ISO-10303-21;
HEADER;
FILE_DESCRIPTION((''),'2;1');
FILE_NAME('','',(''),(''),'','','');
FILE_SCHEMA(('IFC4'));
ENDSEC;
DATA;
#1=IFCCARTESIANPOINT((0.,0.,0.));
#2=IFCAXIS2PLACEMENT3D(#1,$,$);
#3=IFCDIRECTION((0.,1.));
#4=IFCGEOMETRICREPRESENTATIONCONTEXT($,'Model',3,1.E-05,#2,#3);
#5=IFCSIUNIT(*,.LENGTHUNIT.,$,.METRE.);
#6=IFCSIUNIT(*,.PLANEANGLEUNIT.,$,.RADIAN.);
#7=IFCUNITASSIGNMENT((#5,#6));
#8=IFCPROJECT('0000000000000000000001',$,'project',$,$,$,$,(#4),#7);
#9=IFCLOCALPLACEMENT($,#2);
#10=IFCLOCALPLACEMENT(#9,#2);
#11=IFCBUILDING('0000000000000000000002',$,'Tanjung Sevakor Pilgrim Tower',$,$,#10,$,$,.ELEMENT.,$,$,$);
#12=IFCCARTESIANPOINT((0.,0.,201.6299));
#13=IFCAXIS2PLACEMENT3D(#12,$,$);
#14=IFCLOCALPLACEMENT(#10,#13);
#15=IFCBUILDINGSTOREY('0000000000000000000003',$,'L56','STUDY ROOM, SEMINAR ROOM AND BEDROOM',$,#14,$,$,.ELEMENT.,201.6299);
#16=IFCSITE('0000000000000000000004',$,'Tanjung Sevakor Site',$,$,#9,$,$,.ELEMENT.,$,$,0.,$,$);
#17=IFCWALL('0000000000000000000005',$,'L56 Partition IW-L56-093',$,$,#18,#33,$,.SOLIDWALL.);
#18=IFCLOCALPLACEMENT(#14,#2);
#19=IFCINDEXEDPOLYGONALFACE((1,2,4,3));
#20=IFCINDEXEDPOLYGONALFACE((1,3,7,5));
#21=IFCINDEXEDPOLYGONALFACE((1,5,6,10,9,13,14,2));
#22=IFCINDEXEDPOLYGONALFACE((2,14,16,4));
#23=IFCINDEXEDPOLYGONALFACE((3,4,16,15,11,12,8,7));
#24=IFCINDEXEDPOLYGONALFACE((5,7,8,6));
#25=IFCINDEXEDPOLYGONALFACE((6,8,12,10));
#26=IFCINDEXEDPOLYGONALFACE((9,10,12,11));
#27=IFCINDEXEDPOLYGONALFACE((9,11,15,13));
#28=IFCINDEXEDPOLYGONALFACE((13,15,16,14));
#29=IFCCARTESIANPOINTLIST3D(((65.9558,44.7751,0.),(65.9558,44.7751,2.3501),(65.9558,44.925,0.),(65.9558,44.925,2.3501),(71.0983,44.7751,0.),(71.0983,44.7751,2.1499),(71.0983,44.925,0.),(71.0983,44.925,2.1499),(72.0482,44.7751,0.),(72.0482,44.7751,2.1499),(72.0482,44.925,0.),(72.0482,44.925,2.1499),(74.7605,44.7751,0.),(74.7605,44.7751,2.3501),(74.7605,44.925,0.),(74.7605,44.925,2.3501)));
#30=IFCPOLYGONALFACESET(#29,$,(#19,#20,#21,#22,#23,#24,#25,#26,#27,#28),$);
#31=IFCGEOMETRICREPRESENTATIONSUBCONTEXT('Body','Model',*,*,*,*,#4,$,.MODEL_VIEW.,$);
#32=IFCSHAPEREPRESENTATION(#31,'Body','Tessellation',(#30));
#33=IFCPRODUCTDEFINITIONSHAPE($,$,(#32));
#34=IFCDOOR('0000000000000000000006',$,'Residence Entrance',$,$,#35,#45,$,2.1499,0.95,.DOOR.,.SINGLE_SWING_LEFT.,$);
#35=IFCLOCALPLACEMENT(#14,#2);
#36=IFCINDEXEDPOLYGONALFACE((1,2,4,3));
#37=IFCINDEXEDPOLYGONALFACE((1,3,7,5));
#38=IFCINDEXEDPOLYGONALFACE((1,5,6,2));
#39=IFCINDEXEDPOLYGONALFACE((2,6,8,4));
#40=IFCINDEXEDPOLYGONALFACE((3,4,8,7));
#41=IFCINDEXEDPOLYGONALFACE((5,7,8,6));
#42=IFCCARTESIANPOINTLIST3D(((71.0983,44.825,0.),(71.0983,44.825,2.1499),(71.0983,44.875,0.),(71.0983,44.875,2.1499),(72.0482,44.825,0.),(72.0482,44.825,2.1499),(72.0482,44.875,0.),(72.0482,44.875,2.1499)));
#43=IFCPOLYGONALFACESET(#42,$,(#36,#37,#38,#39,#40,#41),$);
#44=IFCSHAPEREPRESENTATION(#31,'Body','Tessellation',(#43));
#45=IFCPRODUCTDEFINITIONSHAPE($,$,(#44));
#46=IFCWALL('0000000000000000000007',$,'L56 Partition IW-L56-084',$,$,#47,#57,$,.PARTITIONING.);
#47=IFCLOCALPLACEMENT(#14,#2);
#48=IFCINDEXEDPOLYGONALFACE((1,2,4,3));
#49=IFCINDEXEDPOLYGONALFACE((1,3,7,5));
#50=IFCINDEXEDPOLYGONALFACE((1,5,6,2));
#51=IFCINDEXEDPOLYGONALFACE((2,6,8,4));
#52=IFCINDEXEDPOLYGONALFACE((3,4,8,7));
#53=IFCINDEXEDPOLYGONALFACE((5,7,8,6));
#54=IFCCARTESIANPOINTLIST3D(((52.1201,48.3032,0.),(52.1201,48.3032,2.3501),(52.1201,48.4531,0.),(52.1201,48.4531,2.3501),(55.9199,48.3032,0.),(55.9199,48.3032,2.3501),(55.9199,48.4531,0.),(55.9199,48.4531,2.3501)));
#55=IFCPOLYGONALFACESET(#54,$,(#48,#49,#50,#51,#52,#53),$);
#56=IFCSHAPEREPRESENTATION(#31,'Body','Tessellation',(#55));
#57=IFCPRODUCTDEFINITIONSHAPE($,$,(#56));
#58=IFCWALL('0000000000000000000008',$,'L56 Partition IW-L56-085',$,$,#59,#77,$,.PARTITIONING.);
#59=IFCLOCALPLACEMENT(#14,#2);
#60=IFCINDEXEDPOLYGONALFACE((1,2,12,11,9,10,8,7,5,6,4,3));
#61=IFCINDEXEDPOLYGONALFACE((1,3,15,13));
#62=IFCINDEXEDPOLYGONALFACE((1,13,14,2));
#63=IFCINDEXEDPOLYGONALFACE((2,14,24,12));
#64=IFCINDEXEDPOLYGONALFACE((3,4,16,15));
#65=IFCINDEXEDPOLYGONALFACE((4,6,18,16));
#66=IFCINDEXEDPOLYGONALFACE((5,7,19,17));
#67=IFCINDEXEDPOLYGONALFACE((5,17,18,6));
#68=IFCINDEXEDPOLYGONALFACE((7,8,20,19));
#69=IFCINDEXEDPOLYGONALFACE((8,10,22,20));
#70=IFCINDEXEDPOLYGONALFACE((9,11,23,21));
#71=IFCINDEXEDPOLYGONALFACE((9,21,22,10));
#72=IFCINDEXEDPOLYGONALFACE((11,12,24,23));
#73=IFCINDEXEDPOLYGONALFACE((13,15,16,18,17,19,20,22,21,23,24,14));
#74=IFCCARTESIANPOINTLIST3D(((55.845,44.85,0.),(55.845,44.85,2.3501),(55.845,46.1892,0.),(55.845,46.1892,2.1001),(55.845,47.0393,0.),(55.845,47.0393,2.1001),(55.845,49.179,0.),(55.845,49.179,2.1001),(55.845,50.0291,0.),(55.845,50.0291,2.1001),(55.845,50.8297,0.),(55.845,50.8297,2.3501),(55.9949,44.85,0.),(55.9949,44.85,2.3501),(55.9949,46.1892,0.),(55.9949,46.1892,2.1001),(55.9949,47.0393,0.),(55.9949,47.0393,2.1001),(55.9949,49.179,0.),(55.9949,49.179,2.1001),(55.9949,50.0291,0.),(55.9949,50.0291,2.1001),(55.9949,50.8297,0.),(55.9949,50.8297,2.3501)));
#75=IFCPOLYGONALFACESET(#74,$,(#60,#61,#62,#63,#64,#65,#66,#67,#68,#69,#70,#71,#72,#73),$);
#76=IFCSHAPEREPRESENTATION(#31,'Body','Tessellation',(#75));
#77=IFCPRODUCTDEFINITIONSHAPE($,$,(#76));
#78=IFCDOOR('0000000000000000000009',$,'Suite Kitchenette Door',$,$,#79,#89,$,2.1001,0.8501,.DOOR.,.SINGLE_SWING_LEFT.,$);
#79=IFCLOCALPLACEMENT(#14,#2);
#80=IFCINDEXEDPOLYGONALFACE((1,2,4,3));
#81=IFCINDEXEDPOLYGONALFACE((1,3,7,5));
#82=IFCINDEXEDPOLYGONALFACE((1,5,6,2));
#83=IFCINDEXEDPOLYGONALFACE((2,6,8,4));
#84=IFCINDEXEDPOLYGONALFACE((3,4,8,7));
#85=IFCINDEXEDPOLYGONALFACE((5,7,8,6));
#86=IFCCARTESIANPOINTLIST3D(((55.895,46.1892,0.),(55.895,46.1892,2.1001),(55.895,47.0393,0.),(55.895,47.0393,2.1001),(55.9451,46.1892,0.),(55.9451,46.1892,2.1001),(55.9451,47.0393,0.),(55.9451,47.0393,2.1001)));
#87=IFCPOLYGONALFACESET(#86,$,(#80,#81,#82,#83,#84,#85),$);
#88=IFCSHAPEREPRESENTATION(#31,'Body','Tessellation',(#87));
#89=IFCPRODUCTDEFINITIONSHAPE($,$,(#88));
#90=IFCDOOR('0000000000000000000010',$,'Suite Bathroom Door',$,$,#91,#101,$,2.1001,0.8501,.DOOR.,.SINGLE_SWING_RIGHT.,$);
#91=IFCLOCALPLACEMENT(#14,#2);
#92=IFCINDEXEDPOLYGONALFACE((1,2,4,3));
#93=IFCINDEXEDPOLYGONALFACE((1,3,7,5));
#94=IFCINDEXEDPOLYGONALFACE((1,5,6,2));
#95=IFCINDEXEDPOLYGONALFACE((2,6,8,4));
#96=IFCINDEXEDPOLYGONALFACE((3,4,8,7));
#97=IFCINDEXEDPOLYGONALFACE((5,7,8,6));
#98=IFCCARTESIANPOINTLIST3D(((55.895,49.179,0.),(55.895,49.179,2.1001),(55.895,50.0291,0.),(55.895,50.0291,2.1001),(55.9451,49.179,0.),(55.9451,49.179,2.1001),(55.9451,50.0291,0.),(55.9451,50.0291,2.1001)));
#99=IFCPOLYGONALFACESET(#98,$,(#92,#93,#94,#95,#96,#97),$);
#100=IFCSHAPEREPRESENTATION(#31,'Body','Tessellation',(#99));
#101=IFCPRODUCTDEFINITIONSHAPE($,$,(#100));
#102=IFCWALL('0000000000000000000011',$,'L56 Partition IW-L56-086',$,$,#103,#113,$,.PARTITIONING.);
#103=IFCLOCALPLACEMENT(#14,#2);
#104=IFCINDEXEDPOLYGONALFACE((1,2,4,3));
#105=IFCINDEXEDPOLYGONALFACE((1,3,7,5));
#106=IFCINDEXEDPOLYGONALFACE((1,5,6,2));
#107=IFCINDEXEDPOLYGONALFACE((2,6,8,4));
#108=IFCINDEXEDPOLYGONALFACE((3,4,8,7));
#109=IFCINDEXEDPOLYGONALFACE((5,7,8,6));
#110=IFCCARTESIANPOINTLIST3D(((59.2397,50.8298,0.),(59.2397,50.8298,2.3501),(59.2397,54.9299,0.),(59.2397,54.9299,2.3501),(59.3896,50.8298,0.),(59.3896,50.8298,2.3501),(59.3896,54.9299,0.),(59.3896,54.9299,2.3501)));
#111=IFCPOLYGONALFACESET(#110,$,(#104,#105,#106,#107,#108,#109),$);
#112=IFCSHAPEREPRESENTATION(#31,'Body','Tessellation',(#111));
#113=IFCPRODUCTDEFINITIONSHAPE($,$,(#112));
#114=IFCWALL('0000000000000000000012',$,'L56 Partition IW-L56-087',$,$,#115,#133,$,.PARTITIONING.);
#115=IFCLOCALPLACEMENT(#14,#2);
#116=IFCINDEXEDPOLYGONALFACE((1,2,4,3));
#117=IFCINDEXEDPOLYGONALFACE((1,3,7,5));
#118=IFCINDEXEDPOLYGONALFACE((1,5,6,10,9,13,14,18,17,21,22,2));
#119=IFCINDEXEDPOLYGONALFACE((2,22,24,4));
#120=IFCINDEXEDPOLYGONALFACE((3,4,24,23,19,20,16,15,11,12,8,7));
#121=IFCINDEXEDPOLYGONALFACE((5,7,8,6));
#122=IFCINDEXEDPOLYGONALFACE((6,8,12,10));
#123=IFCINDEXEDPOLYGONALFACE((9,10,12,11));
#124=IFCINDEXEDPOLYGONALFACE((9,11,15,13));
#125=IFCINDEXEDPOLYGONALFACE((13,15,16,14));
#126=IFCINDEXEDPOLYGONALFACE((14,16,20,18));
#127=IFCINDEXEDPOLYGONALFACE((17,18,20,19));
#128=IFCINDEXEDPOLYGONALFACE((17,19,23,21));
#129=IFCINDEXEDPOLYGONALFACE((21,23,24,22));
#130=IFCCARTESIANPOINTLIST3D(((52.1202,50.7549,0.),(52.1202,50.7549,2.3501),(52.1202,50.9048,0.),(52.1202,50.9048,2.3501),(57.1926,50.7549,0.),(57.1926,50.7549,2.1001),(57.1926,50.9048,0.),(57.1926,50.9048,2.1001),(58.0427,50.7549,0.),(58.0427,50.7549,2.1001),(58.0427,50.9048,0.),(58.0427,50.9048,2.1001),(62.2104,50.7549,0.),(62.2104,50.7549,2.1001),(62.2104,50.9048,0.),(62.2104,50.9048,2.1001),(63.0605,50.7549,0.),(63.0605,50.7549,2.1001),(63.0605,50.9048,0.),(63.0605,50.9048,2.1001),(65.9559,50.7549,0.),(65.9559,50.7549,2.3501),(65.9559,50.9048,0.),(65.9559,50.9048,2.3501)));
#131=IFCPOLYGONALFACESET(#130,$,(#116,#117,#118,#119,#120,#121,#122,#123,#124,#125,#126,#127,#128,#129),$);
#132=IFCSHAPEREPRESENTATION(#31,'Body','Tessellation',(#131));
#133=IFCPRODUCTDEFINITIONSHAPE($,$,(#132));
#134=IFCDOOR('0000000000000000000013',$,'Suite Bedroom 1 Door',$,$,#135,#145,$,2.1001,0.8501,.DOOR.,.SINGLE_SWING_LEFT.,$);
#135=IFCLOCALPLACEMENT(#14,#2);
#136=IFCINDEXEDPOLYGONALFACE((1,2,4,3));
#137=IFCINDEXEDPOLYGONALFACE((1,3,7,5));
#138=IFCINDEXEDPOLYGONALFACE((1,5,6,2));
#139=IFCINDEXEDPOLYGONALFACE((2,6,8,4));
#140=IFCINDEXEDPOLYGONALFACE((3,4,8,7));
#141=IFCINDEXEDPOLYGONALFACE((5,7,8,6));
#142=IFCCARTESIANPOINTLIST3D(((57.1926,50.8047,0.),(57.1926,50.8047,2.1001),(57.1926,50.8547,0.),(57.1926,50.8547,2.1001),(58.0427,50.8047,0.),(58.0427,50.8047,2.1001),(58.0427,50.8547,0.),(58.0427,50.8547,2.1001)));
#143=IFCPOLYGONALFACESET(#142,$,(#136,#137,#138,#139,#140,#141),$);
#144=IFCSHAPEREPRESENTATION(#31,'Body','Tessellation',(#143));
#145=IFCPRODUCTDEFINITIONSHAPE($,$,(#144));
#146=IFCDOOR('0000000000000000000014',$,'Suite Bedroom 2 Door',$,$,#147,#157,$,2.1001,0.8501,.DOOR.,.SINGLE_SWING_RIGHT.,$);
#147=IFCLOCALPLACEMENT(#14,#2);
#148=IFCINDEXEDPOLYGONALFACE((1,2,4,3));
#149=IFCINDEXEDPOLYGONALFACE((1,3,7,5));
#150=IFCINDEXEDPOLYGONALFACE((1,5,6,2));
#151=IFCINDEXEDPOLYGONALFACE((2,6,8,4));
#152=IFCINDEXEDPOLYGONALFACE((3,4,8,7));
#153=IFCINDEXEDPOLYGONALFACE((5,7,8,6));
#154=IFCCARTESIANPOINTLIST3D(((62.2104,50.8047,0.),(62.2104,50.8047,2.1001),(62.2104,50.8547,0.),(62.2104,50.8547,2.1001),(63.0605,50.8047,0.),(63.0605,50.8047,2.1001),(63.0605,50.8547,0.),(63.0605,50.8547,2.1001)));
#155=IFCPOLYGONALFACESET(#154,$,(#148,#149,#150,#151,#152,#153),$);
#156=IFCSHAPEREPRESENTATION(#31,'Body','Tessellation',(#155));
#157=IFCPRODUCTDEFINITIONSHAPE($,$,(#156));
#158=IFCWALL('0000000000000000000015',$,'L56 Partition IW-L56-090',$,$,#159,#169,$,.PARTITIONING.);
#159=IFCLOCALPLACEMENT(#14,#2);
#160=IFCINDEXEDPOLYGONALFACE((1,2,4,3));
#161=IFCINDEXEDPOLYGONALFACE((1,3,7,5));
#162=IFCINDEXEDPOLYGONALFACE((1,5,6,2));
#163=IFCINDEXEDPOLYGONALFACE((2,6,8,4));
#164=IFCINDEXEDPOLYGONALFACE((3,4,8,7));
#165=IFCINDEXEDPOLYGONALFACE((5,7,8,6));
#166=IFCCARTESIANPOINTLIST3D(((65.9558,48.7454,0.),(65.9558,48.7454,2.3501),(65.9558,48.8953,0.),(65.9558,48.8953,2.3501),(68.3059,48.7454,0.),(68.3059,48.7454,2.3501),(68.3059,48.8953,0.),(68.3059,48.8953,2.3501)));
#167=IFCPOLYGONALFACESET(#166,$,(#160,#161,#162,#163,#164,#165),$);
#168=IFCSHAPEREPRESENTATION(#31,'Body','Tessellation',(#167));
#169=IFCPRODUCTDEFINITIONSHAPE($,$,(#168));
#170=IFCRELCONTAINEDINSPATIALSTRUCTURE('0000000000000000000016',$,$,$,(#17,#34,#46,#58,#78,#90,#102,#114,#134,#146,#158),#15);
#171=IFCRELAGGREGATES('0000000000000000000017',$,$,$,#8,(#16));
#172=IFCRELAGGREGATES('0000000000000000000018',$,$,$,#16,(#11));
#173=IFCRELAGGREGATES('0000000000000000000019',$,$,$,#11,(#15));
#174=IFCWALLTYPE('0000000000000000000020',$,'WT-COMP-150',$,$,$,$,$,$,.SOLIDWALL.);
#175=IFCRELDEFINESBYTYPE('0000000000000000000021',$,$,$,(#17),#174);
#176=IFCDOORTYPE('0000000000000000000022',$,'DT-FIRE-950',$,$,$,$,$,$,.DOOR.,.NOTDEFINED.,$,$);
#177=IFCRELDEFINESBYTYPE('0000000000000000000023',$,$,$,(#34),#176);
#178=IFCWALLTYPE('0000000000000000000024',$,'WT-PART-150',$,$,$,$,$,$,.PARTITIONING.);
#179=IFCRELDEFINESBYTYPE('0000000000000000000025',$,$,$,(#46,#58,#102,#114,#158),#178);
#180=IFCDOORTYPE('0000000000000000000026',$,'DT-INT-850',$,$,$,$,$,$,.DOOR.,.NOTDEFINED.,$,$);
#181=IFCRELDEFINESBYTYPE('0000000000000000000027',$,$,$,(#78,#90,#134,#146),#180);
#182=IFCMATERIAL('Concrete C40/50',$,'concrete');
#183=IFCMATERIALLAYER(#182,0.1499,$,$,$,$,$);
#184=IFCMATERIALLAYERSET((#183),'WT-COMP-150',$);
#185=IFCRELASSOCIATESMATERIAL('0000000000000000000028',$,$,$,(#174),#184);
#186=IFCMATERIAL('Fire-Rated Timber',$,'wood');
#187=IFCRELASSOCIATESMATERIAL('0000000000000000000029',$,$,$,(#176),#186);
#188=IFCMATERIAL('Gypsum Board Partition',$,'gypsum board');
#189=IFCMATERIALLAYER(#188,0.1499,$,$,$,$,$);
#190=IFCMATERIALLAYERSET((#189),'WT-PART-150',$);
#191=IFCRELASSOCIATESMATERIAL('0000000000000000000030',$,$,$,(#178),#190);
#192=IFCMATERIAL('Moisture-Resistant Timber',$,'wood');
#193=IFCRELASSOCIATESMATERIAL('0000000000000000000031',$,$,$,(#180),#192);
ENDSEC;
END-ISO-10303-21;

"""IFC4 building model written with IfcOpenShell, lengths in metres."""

from ifc_helpers import new_model, si_unit, direction, frame, frame_2d, origin, place, context, subcontext, project, spatial, rectangle, extrude, material, layer, layer_set, type_object, element, fill, save


model = new_model("IFC4")

# Units and contexts
model_context = context("Model", 3, precision=1e-05, world=origin(), true_north=direction((0.0, 1.0)))
body_context = subcontext(model_context, "Body", "Model", "MODEL_VIEW")
ifc_project = project(units=[si_unit("LENGTHUNIT", "METRE"), si_unit("PLANEANGLEUNIT", "RADIAN")], contexts=[model_context])

# Site, building, storey
site_placement = place(None, origin())
site = spatial("IfcSite", under=ifc_project, at=site_placement, Name="Tanjung Sevakor Site", CompositionType="ELEMENT", RefElevation=0.0)
building_placement = place(site_placement, origin())
building = spatial("IfcBuilding", under=site, at=building_placement, Name="Tanjung Sevakor Pilgrim Tower", CompositionType="ELEMENT")
storey_placement = place(building_placement, frame((0.0, 0.0, 201.6299)))
storey = spatial("IfcBuildingStorey", under=building, at=storey_placement, Name="L56", Description="STUDY ROOM, SEMINAR ROOM AND BEDROOM", CompositionType="ELEMENT", Elevation=201.6299)

# Shared definitions
ifc_material_1 = material(Name="Concrete C40/50", Category="concrete")
ifc_layer_1 = layer(ifc_material_1, 0.1499)
ifc_layer_set_1 = layer_set([ifc_layer_1], Name="WT-COMP-150")
wall_type_1 = type_object("IfcWallType", Name="WT-COMP-150", PredefinedType="SOLIDWALL", material=ifc_layer_set_1)

# Wall, opening, door
ifc_material_2 = material(Name="Fire-Rated Timber", Category="wood")
door_type_1 = type_object("IfcDoorType", Name="DT-FIRE-950", OperationType="NOTDEFINED", PredefinedType="DOOR", material=ifc_material_2)
wall_1_placement = place(storey_placement, frame((65.9558, 44.8501, 0.0), z_axis=(0.0, 0.0, 1.0), x_axis=(1.0, 0.0, 0.0)))
wall_1 = element("IfcWall", 1, at=wall_1_placement, inside=storey, type_object=wall_type_1, Name="L56 Partition IW-L56-093", PredefinedType="SOLIDWALL", context=body_context, shape_type="SweptSolid", body=[
    extrude(rectangle(XDim=8.8047, YDim=0.1499, at=frame_2d((4.4023, 0.0))), origin(), (0.0, 0.0, 1.0), 2.3501),
])
opening_1_placement = place(wall_1_placement, frame((5.1423, 0.0, 0.0)))
opening_1 = element("IfcOpeningElement", 2, at=opening_1_placement, cuts=wall_1, PredefinedType="OPENING", context=body_context, shape_type="SweptSolid", body=[
    extrude(rectangle(XDim=0.95, YDim=2.1499, at=frame_2d((0.4751, 1.075))), frame((0.0, 0.085, 0.0), z_axis=(0.0, -1.0, 0.0), x_axis=(1.0, 0.0, 0.0)), (0.0, 0.0, 1.0), 0.1699),
])
door_1_placement = place(opening_1_placement, origin())
door_1 = element("IfcDoor", 3, at=door_1_placement, inside=storey, type_object=door_type_1, Name="Residence Entrance", OperationType="SINGLE_SWING_LEFT", OverallHeight=2.1499, OverallWidth=0.95, PredefinedType="DOOR", context=body_context, shape_type="SweptSolid", body=[
    extrude(rectangle(XDim=0.95, YDim=2.1499, at=frame_2d((0.4751, 1.075))), frame((0.0, 0.0249, 0.0), z_axis=(0.0, -1.0, 0.0), x_axis=(1.0, 0.0, 0.0)), (0.0, 0.0, 1.0), 0.05),
])
fill(opening_1, door_1)

# Wall
ifc_material_3 = material(Name="Gypsum Board Partition", Category="gypsum board")
ifc_layer_2 = layer(ifc_material_3, 0.1499)
ifc_layer_set_2 = layer_set([ifc_layer_2], Name="WT-PART-150")
wall_type_2 = type_object("IfcWallType", Name="WT-PART-150", PredefinedType="PARTITIONING", material=ifc_layer_set_2)
wall_2_placement = place(storey_placement, frame((52.1201, 48.3782, 0.0), z_axis=(0.0, 0.0, 1.0), x_axis=(1.0, 0.0, 0.0)))
element("IfcWall", 4, at=wall_2_placement, inside=storey, type_object=wall_type_2, Name="L56 Partition IW-L56-084", PredefinedType="PARTITIONING", context=body_context, shape_type="SweptSolid", body=[
    extrude(rectangle(XDim=3.7998, YDim=0.1499, at=frame_2d((1.8999, 0.0))), origin(), (0.0, 0.0, 1.0), 2.3501),
])

# Wall, openings, doors
wall_3_placement = place(storey_placement, frame((55.9199, 44.8501, 0.0), z_axis=(0.0, 0.0, 1.0), x_axis=(0.0, 1.0, 0.0)))
wall_3 = element("IfcWall", 5, at=wall_3_placement, inside=storey, type_object=wall_type_2, Name="L56 Partition IW-L56-085", PredefinedType="PARTITIONING", context=body_context, shape_type="SweptSolid", body=[
    extrude(rectangle(XDim=5.9797, YDim=0.1499, at=frame_2d((2.9897, 0.0))), origin(), (0.0, 0.0, 1.0), 2.3501),
])
opening_2_placement = place(wall_3_placement, frame((1.3391, 0.0, 0.0)))
opening_2 = element("IfcOpeningElement", 6, at=opening_2_placement, cuts=wall_3, PredefinedType="OPENING", context=body_context, shape_type="SweptSolid", body=[
    extrude(rectangle(XDim=0.8501, YDim=2.1001, at=frame_2d((0.425, 1.05))), frame((0.0, 0.085, 0.0), z_axis=(0.0, -1.0, 0.0), x_axis=(1.0, 0.0, 0.0)), (0.0, 0.0, 1.0), 0.1699),
])
opening_3_placement = place(wall_3_placement, frame((4.3289, 0.0, 0.0)))
opening_3 = element("IfcOpeningElement", 7, at=opening_3_placement, cuts=wall_3, PredefinedType="OPENING", context=body_context, shape_type="SweptSolid", body=[
    extrude(rectangle(XDim=0.8501, YDim=2.1001, at=frame_2d((0.425, 1.05))), frame((0.0, 0.085, 0.0), z_axis=(0.0, -1.0, 0.0), x_axis=(1.0, 0.0, 0.0)), (0.0, 0.0, 1.0), 0.1699),
])
ifc_material_4 = material(Name="Moisture-Resistant Timber", Category="wood")
door_type_2 = type_object("IfcDoorType", Name="DT-INT-850", OperationType="NOTDEFINED", PredefinedType="DOOR", material=ifc_material_4)
door_2_placement = place(opening_2_placement, origin())
door_2 = element("IfcDoor", 8, at=door_2_placement, inside=storey, type_object=door_type_2, Name="Suite Kitchenette Door", OperationType="SINGLE_SWING_LEFT", OverallHeight=2.1001, OverallWidth=0.8501, PredefinedType="DOOR", context=body_context, shape_type="SweptSolid", body=[
    extrude(rectangle(XDim=0.8501, YDim=2.1001, at=frame_2d((0.425, 1.05))), frame((0.0, 0.0249, 0.0), z_axis=(0.0, -1.0, 0.0), x_axis=(1.0, 0.0, 0.0)), (0.0, 0.0, 1.0), 0.05),
])
fill(opening_2, door_2)
door_3_placement = place(opening_3_placement, origin())
door_3 = element("IfcDoor", 9, at=door_3_placement, inside=storey, type_object=door_type_2, Name="Suite Bathroom Door", OperationType="SINGLE_SWING_RIGHT", OverallHeight=2.1001, OverallWidth=0.8501, PredefinedType="DOOR", context=body_context, shape_type="SweptSolid", body=[
    extrude(rectangle(XDim=0.8501, YDim=2.1001, at=frame_2d((0.425, 1.05))), frame((0.0, 0.0249, 0.0), z_axis=(0.0, -1.0, 0.0), x_axis=(1.0, 0.0, 0.0)), (0.0, 0.0, 1.0), 0.05),
])
fill(opening_3, door_3)

# Wall
wall_4_placement = place(storey_placement, frame((59.3147, 50.8298, 0.0), z_axis=(0.0, 0.0, 1.0), x_axis=(0.0, 1.0, 0.0)))
element("IfcWall", 10, at=wall_4_placement, inside=storey, type_object=wall_type_2, Name="L56 Partition IW-L56-086", PredefinedType="PARTITIONING", context=body_context, shape_type="SweptSolid", body=[
    extrude(rectangle(XDim=4.1001, YDim=0.1499, at=frame_2d((2.05, 0.0))), origin(), (0.0, 0.0, 1.0), 2.3501),
])

# Wall, openings, doors
wall_5_placement = place(storey_placement, frame((52.1201, 50.8298, 0.0), z_axis=(0.0, 0.0, 1.0), x_axis=(1.0, 0.0, 0.0)))
wall_5 = element("IfcWall", 11, at=wall_5_placement, inside=storey, type_object=wall_type_2, Name="L56 Partition IW-L56-087", PredefinedType="PARTITIONING", context=body_context, shape_type="SweptSolid", body=[
    extrude(rectangle(XDim=13.8357, YDim=0.1499, at=frame_2d((6.918, 0.0))), origin(), (0.0, 0.0, 1.0), 2.3501),
])
opening_4_placement = place(wall_5_placement, frame((5.0725, 0.0, 0.0)))
opening_4 = element("IfcOpeningElement", 12, at=opening_4_placement, cuts=wall_5, PredefinedType="OPENING", context=body_context, shape_type="SweptSolid", body=[
    extrude(rectangle(XDim=0.8501, YDim=2.1001, at=frame_2d((0.425, 1.05))), frame((0.0, 0.085, 0.0), z_axis=(0.0, -1.0, 0.0), x_axis=(1.0, 0.0, 0.0)), (0.0, 0.0, 1.0), 0.1699),
])
opening_5_placement = place(wall_5_placement, frame((10.0903, 0.0, 0.0)))
opening_5 = element("IfcOpeningElement", 13, at=opening_5_placement, cuts=wall_5, PredefinedType="OPENING", context=body_context, shape_type="SweptSolid", body=[
    extrude(rectangle(XDim=0.8501, YDim=2.1001, at=frame_2d((0.425, 1.05))), frame((0.0, 0.085, 0.0), z_axis=(0.0, -1.0, 0.0), x_axis=(1.0, 0.0, 0.0)), (0.0, 0.0, 1.0), 0.1699),
])
door_4_placement = place(opening_4_placement, origin())
door_4 = element("IfcDoor", 14, at=door_4_placement, inside=storey, type_object=door_type_2, Name="Suite Bedroom 1 Door", OperationType="SINGLE_SWING_LEFT", OverallHeight=2.1001, OverallWidth=0.8501, PredefinedType="DOOR", context=body_context, shape_type="SweptSolid", body=[
    extrude(rectangle(XDim=0.8501, YDim=2.1001, at=frame_2d((0.425, 1.05))), frame((0.0, 0.0249, 0.0), z_axis=(0.0, -1.0, 0.0), x_axis=(1.0, 0.0, 0.0)), (0.0, 0.0, 1.0), 0.05),
])
fill(opening_4, door_4)
door_5_placement = place(opening_5_placement, origin())
door_5 = element("IfcDoor", 15, at=door_5_placement, inside=storey, type_object=door_type_2, Name="Suite Bedroom 2 Door", OperationType="SINGLE_SWING_RIGHT", OverallHeight=2.1001, OverallWidth=0.8501, PredefinedType="DOOR", context=body_context, shape_type="SweptSolid", body=[
    extrude(rectangle(XDim=0.8501, YDim=2.1001, at=frame_2d((0.425, 1.05))), frame((0.0, 0.0249, 0.0), z_axis=(0.0, -1.0, 0.0), x_axis=(1.0, 0.0, 0.0)), (0.0, 0.0, 1.0), 0.05),
])
fill(opening_5, door_5)

# Wall
wall_6_placement = place(storey_placement, frame((65.9558, 48.8203, 0.0), z_axis=(0.0, 0.0, 1.0), x_axis=(1.0, 0.0, 0.0)))
element("IfcWall", 16, at=wall_6_placement, inside=storey, type_object=wall_type_2, Name="L56 Partition IW-L56-090", PredefinedType="PARTITIONING", context=body_context, shape_type="SweptSolid", body=[
    extrude(rectangle(XDim=2.3501, YDim=0.1499, at=frame_2d((1.175, 0.0))), origin(), (0.0, 0.0, 1.0), 2.3501),
])

save(model, "model.ifc")
